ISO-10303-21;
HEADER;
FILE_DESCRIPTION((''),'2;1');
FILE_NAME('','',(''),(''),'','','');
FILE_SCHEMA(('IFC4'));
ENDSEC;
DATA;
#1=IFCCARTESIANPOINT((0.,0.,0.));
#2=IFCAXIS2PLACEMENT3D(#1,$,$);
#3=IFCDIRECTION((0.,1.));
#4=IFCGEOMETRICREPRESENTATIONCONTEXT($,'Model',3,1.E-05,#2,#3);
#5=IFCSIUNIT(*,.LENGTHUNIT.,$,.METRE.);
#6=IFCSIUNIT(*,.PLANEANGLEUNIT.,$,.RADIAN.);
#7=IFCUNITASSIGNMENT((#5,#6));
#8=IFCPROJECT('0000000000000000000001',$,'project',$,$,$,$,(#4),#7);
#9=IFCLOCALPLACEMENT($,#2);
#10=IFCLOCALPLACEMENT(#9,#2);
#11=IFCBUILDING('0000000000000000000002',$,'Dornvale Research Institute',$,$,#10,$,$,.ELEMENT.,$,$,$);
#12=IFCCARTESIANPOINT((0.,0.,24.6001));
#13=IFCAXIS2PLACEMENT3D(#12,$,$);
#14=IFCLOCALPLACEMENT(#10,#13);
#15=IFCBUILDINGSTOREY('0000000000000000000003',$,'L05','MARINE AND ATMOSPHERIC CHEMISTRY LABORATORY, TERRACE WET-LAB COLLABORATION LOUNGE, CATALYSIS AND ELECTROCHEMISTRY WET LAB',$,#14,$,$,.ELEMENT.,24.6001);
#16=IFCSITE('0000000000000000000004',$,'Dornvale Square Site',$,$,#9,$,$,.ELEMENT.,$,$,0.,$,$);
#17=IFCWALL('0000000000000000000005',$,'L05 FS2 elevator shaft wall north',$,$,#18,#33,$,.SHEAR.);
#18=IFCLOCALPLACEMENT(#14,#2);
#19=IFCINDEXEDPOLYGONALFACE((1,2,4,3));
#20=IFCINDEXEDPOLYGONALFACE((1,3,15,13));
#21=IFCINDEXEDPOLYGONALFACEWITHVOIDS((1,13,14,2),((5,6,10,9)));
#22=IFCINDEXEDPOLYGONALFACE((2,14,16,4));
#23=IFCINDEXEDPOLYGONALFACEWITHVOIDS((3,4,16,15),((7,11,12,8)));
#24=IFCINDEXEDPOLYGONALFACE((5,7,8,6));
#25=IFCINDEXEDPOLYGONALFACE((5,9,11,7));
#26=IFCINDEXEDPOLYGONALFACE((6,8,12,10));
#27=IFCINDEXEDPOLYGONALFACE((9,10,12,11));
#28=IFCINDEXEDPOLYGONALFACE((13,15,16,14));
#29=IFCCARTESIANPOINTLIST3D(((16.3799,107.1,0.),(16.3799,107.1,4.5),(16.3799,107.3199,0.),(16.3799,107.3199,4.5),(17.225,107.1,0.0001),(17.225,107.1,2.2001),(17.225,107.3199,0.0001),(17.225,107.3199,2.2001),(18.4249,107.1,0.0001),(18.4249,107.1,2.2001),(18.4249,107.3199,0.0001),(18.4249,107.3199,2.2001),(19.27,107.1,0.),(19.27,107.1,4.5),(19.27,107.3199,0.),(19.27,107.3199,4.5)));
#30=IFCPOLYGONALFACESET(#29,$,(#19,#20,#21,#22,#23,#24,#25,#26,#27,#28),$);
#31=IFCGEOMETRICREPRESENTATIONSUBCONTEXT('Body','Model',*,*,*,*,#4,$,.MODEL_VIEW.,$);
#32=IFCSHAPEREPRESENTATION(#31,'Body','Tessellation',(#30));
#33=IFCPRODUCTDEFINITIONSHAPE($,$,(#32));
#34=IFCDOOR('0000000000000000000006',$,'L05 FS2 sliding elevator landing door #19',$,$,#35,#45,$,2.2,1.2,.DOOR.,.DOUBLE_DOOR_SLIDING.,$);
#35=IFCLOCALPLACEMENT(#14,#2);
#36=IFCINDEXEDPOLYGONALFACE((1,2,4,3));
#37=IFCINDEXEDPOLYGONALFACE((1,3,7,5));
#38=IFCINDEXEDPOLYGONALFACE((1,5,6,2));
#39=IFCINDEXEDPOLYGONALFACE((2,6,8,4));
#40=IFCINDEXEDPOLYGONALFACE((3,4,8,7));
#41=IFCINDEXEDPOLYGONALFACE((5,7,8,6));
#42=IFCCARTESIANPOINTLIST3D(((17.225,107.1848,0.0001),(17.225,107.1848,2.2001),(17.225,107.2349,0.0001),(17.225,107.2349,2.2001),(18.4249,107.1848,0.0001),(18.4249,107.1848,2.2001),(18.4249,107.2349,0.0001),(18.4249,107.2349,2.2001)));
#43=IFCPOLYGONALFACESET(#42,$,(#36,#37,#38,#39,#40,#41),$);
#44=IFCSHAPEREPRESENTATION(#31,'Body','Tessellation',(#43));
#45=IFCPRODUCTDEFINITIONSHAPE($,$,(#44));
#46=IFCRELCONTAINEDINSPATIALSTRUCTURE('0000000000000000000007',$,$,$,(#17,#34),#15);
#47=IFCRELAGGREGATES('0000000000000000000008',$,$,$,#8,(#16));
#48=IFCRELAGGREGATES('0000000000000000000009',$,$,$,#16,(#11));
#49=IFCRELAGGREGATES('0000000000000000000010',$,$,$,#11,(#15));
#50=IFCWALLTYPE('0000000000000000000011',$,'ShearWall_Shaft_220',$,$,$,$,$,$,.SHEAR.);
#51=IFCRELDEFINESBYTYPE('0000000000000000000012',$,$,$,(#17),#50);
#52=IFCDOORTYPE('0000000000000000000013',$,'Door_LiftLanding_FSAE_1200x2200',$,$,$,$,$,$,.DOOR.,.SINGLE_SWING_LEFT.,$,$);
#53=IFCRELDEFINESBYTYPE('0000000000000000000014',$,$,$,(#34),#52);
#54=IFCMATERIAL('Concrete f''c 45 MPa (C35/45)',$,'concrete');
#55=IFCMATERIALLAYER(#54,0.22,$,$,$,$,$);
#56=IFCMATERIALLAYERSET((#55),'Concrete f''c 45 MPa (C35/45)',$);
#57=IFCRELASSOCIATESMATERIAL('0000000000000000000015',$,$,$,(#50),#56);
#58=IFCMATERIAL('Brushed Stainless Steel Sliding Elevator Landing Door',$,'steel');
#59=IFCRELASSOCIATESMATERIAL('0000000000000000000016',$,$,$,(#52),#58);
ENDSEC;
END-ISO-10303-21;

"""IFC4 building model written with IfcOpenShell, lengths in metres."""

from ifc_helpers import new_model, si_unit, direction, frame, frame_2d, origin, place, context, subcontext, project, spatial, rectangle, extrude, material, layer, layer_set, type_object, element, fill, save


model = new_model("IFC4")

# Units and contexts
model_context = context("Model", 3, precision=1e-05, world=origin(), true_north=direction((0.0, 1.0)))
body_context = subcontext(model_context, "Body", "Model", "MODEL_VIEW")
ifc_project = project(units=[si_unit("LENGTHUNIT", "METRE"), si_unit("PLANEANGLEUNIT", "RADIAN")], contexts=[model_context])

# Site, building, storey
site_placement = place(None, origin())
site = spatial("IfcSite", under=ifc_project, at=site_placement, Name="Dornvale Square Site", CompositionType="ELEMENT", RefElevation=0.0)
building_placement = place(site_placement, origin())
building = spatial("IfcBuilding", under=site, at=building_placement, Name="Dornvale Research Institute", CompositionType="ELEMENT")
storey_placement = place(building_placement, frame((0.0, 0.0, 24.6001)))
storey = spatial("IfcBuildingStorey", under=building, at=storey_placement, Name="L05", Description="MARINE AND ATMOSPHERIC CHEMISTRY LABORATORY, TERRACE WET-LAB COLLABORATION LOUNGE, CATALYSIS AND ELECTROCHEMISTRY WET LAB", CompositionType="ELEMENT", Elevation=24.6001)

# Wall, opening, door
ifc_material_1 = material(Name="Concrete f'c 45 MPa (C35/45)", Category="concrete")
ifc_layer_1 = layer(ifc_material_1, 0.22)
ifc_layer_set_1 = layer_set([ifc_layer_1], Name="Concrete f'c 45 MPa (C35/45)")
wall_type_1 = type_object("IfcWallType", Name="ShearWall_Shaft_220", PredefinedType="SHEAR", material=ifc_layer_set_1)
ifc_material_2 = material(Name="Brushed Stainless Steel Sliding Elevator Landing Door", Category="steel")
door_type_1 = type_object("IfcDoorType", Name="Door_LiftLanding_FSAE_1200x2200", OperationType="SINGLE_SWING_LEFT", PredefinedType="DOOR", material=ifc_material_2)
wall_1_placement = place(storey_placement, frame((16.3799, 107.21, 0.0), z_axis=(0.0, 0.0, 1.0), x_axis=(1.0, 0.0, 0.0)))
wall_1 = element("IfcWall", 1, at=wall_1_placement, inside=storey, type_object=wall_type_1, Name="L05 FS2 elevator shaft wall north", PredefinedType="SHEAR", context=body_context, shape_type="SweptSolid", body=[
    extrude(rectangle(XDim=2.8901, YDim=0.22, at=frame_2d((1.4451, 0.0))), origin(), (0.0, 0.0, 1.0), 4.5),
])
opening_1_placement = place(wall_1_placement, frame((0.845, 0.0, 0.0)))
opening_1 = element("IfcOpeningElement", 2, at=opening_1_placement, cuts=wall_1, PredefinedType="OPENING", context=body_context, shape_type="SweptSolid", body=[
    extrude(rectangle(XDim=1.2, YDim=2.2, at=frame_2d((0.6001, 1.1001))), frame((0.0, 0.125, 0.0), z_axis=(0.0, -1.0, 0.0), x_axis=(1.0, 0.0, 0.0)), (0.0, 0.0, 1.0), 0.25),
])
door_1_placement = place(opening_1_placement, origin())
door_1 = element("IfcDoor", 3, at=door_1_placement, inside=storey, type_object=door_type_1, Name="L05 FS2 sliding elevator landing door #19", OperationType="DOUBLE_DOOR_SLIDING", OverallHeight=2.2, OverallWidth=1.2, PredefinedType="DOOR", context=body_context, shape_type="SweptSolid", body=[
    extrude(rectangle(XDim=1.2, YDim=2.2, at=frame_2d((0.6001, 1.1001))), frame((0.0, 0.0249, 0.0), z_axis=(0.0, -1.0, 0.0), x_axis=(1.0, 0.0, 0.0)), (0.0, 0.0, 1.0), 0.05),
])
fill(opening_1, door_1)

save(model, "model.ifc")
